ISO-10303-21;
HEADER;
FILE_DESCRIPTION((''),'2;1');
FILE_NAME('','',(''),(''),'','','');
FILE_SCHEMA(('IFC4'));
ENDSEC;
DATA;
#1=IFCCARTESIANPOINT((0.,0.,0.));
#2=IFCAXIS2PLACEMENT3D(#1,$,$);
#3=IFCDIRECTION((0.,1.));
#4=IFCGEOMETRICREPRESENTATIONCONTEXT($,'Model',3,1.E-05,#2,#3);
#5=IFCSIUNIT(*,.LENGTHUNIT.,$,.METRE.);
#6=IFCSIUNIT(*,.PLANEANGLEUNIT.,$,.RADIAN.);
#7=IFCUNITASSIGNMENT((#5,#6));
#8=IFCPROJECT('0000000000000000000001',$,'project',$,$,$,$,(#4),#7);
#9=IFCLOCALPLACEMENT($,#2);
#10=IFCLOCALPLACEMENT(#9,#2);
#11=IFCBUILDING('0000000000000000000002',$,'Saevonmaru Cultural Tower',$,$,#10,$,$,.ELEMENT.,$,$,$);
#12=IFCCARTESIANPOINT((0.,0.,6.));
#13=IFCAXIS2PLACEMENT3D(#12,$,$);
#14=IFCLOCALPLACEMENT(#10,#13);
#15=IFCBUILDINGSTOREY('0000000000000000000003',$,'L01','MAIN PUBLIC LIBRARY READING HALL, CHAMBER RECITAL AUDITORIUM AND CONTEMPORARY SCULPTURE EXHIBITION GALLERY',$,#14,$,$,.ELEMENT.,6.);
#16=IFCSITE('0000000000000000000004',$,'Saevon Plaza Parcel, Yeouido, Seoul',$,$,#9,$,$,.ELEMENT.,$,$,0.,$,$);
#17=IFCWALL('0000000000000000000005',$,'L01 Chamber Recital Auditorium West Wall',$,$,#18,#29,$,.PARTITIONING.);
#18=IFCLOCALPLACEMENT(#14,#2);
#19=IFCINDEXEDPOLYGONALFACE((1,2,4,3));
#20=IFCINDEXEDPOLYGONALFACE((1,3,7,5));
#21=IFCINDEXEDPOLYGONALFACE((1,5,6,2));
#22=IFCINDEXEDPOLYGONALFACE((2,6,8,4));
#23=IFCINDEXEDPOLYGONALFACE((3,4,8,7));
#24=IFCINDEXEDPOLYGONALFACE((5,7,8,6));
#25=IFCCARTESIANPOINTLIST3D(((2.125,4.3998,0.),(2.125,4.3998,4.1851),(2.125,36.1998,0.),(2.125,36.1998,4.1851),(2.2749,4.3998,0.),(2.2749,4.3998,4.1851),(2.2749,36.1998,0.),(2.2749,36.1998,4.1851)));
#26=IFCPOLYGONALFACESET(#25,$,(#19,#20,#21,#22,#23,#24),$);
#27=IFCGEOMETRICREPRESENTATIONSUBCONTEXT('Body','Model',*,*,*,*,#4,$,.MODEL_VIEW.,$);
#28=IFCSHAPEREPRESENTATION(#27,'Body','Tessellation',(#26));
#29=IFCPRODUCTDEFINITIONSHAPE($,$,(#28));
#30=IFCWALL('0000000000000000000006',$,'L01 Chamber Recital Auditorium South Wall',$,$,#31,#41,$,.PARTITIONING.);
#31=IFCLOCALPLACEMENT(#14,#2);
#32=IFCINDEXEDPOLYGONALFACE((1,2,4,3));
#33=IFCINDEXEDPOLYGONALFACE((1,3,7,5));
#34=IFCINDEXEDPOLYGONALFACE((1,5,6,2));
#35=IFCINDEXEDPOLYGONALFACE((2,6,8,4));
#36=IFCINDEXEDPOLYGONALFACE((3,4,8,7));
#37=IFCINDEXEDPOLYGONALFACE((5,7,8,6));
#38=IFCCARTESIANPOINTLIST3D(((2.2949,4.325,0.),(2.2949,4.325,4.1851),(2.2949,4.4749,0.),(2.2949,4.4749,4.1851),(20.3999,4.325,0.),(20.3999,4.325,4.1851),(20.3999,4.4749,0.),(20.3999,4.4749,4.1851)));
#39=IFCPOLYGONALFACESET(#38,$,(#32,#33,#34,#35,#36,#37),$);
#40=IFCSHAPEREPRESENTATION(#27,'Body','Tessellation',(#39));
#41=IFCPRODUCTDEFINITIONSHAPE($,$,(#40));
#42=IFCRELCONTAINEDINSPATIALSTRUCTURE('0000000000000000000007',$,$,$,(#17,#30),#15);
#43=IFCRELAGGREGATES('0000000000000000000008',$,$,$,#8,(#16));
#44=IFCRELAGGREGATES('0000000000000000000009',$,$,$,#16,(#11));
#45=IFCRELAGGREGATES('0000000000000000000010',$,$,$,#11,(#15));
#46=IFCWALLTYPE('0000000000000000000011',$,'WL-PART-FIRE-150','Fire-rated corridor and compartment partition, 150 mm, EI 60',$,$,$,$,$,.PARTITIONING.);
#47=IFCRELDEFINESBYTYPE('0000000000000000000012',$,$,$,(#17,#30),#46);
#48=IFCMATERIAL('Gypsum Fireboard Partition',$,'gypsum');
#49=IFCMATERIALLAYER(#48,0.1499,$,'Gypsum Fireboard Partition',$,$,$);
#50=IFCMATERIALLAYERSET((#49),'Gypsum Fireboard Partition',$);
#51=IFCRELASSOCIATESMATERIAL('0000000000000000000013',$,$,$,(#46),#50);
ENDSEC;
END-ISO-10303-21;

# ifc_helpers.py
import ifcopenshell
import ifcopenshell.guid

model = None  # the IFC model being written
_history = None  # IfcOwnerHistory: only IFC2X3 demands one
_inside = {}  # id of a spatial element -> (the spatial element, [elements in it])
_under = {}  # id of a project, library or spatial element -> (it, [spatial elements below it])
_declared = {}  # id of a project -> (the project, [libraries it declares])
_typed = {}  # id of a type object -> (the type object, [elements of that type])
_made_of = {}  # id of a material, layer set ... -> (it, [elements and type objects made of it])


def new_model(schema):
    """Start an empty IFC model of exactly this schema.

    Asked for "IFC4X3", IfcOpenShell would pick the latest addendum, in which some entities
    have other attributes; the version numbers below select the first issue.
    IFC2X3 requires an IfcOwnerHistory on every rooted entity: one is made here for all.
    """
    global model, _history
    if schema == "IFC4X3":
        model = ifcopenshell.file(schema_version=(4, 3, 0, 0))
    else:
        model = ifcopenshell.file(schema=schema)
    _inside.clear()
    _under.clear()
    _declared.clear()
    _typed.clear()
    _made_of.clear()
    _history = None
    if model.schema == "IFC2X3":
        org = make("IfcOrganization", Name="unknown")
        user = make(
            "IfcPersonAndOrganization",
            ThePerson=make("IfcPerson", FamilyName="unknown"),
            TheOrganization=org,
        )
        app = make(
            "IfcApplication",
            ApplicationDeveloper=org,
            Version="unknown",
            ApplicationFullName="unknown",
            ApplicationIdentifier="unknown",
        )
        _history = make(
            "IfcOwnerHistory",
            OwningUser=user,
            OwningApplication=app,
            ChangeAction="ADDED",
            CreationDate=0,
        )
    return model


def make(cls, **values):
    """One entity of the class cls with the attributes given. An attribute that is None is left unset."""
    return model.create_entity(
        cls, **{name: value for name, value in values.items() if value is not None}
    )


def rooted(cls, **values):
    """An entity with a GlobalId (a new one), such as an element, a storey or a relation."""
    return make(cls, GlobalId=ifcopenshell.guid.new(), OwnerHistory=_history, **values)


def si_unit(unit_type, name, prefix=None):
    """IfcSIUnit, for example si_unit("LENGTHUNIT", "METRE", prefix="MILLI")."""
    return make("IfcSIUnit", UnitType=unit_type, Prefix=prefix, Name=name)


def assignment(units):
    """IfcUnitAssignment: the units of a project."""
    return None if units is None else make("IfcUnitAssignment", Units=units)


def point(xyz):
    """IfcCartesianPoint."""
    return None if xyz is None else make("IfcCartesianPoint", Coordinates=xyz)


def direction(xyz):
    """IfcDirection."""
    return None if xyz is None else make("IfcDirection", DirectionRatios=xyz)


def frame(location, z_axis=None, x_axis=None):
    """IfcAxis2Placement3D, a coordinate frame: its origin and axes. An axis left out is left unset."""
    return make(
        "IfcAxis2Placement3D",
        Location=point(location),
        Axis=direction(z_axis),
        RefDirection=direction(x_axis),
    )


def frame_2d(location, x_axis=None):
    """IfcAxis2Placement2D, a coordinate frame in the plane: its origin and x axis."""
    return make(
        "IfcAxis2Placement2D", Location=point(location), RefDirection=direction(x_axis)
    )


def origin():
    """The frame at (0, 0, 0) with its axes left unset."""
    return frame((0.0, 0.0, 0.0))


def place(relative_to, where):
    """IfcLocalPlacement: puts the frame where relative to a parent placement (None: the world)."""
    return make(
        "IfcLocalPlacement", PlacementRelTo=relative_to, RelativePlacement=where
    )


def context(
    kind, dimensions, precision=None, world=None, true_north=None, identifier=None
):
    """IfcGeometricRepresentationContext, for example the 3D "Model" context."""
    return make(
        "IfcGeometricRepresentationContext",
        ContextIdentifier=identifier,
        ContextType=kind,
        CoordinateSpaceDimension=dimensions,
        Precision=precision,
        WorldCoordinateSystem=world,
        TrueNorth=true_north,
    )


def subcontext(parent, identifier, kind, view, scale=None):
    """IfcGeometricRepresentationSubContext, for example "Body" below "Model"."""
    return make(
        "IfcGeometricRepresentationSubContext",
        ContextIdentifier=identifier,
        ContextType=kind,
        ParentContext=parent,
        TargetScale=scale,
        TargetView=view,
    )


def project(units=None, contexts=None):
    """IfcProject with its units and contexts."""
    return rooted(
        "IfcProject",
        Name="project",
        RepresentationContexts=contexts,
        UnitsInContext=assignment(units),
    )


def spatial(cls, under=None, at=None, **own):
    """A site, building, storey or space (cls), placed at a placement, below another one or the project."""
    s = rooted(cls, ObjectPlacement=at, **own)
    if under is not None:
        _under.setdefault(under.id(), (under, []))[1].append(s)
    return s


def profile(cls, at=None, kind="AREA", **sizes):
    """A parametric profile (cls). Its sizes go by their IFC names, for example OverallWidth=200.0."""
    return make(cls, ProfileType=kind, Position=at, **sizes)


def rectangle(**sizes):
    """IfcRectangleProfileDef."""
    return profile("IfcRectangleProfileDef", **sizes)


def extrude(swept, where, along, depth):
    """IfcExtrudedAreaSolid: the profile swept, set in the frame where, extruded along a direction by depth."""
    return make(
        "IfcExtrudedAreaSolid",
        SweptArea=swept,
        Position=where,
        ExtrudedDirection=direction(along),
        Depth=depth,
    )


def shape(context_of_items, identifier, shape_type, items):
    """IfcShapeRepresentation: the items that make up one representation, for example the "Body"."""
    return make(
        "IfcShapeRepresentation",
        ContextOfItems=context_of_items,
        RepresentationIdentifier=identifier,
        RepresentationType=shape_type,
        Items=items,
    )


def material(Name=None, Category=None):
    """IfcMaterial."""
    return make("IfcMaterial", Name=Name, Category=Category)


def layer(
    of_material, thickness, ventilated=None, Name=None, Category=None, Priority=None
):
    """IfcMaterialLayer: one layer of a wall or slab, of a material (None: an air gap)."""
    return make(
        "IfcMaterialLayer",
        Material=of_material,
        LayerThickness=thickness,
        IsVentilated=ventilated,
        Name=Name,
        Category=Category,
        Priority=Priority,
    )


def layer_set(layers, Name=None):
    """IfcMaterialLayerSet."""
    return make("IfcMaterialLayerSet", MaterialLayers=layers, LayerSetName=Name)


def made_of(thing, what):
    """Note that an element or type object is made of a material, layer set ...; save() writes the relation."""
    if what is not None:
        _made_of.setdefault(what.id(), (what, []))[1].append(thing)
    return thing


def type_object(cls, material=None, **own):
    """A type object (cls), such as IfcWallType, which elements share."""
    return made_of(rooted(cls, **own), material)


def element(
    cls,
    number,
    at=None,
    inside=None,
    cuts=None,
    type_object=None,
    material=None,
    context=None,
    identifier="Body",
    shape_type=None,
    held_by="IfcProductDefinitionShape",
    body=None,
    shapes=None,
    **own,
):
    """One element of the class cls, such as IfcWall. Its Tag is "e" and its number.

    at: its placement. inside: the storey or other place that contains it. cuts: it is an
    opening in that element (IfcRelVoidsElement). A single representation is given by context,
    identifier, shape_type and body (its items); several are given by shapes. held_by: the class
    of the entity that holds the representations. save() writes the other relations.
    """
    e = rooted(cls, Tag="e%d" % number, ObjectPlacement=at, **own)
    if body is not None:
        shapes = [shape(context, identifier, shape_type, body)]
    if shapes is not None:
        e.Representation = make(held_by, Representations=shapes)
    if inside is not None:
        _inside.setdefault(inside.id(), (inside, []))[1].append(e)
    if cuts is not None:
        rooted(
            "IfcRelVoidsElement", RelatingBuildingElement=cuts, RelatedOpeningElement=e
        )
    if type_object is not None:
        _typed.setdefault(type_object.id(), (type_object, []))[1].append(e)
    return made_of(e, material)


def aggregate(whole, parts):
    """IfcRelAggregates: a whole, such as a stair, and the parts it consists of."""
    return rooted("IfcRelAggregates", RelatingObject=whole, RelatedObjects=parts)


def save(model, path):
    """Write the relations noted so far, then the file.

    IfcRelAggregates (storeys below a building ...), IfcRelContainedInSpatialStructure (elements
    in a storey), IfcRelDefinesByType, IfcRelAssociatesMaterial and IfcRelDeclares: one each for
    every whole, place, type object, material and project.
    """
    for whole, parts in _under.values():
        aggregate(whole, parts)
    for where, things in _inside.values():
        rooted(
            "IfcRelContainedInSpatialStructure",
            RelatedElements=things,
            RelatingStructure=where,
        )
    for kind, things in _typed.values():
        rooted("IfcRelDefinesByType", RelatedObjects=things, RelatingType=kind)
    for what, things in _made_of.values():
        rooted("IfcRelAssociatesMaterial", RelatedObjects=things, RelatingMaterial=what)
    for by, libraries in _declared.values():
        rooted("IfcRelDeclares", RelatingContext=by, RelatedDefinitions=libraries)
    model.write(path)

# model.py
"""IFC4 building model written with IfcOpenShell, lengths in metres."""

from ifc_helpers import new_model, si_unit, direction, frame, frame_2d, origin, place, context, subcontext, project, spatial, rectangle, extrude, material, layer, layer_set, type_object, element, save


model = new_model("IFC4")

# Units and contexts
model_context = context("Model", 3, precision=1e-05, world=origin(), true_north=direction((0.0, 1.0)))
body_context = subcontext(model_context, "Body", "Model", "MODEL_VIEW")
ifc_project = project(units=[si_unit("LENGTHUNIT", "METRE"), si_unit("PLANEANGLEUNIT", "RADIAN")], contexts=[model_context])

# Site, building, storey
site_placement = place(None, origin())
site = spatial("IfcSite", under=ifc_project, at=site_placement, Name="Saevon Plaza Parcel, Yeouido, Seoul", CompositionType="ELEMENT", RefElevation=0.0)
building_placement = place(site_placement, origin())
building = spatial("IfcBuilding", under=site, at=building_placement, Name="Saevonmaru Cultural Tower", CompositionType="ELEMENT")
storey_placement = place(building_placement, frame((0.0, 0.0, 6.0)))
storey = spatial("IfcBuildingStorey", under=building, at=storey_placement, Name="L01", Description="MAIN PUBLIC LIBRARY READING HALL, CHAMBER RECITAL AUDITORIUM AND CONTEMPORARY SCULPTURE EXHIBITION GALLERY", CompositionType="ELEMENT", Elevation=6.0)

# Walls
ifc_material_1 = material(Name="Gypsum Fireboard Partition", Category="gypsum")
ifc_layer_1 = layer(ifc_material_1, 0.1499, Name="Gypsum Fireboard Partition")
ifc_layer_set_1 = layer_set([ifc_layer_1], Name="Gypsum Fireboard Partition")
wall_type_1 = type_object("IfcWallType", Name="WL-PART-FIRE-150", Description="Fire-rated corridor and compartment partition, 150 mm, EI 60", PredefinedType="PARTITIONING", material=ifc_layer_set_1)
wall_1_placement = place(storey_placement, frame((2.2, 4.3999, 0.0), z_axis=(0.0, 0.0, 1.0), x_axis=(0.0, 1.0, 0.0)))
element("IfcWall", 1, at=wall_1_placement, inside=storey, type_object=wall_type_1, Name="L01 Chamber Recital Auditorium West Wall", PredefinedType="PARTITIONING", context=body_context, shape_type="SweptSolid", body=[
    extrude(rectangle(XDim=31.8, YDim=0.1499, at=frame_2d((15.8999, 0.0))), origin(), (0.0, 0.0, 1.0), 4.1851),
])
wall_2_placement = place(storey_placement, frame((2.2949, 4.3999, 0.0), z_axis=(0.0, 0.0, 1.0), x_axis=(1.0, 0.0, 0.0)))
element("IfcWall", 2, at=wall_2_placement, inside=storey, type_object=wall_type_1, Name="L01 Chamber Recital Auditorium South Wall", PredefinedType="PARTITIONING", context=body_context, shape_type="SweptSolid", body=[
    extrude(rectangle(XDim=18.105, YDim=0.1499, at=frame_2d((9.0525, 0.0))), origin(), (0.0, 0.0, 1.0), 4.1851),
])

save(model, "model.ifc")
